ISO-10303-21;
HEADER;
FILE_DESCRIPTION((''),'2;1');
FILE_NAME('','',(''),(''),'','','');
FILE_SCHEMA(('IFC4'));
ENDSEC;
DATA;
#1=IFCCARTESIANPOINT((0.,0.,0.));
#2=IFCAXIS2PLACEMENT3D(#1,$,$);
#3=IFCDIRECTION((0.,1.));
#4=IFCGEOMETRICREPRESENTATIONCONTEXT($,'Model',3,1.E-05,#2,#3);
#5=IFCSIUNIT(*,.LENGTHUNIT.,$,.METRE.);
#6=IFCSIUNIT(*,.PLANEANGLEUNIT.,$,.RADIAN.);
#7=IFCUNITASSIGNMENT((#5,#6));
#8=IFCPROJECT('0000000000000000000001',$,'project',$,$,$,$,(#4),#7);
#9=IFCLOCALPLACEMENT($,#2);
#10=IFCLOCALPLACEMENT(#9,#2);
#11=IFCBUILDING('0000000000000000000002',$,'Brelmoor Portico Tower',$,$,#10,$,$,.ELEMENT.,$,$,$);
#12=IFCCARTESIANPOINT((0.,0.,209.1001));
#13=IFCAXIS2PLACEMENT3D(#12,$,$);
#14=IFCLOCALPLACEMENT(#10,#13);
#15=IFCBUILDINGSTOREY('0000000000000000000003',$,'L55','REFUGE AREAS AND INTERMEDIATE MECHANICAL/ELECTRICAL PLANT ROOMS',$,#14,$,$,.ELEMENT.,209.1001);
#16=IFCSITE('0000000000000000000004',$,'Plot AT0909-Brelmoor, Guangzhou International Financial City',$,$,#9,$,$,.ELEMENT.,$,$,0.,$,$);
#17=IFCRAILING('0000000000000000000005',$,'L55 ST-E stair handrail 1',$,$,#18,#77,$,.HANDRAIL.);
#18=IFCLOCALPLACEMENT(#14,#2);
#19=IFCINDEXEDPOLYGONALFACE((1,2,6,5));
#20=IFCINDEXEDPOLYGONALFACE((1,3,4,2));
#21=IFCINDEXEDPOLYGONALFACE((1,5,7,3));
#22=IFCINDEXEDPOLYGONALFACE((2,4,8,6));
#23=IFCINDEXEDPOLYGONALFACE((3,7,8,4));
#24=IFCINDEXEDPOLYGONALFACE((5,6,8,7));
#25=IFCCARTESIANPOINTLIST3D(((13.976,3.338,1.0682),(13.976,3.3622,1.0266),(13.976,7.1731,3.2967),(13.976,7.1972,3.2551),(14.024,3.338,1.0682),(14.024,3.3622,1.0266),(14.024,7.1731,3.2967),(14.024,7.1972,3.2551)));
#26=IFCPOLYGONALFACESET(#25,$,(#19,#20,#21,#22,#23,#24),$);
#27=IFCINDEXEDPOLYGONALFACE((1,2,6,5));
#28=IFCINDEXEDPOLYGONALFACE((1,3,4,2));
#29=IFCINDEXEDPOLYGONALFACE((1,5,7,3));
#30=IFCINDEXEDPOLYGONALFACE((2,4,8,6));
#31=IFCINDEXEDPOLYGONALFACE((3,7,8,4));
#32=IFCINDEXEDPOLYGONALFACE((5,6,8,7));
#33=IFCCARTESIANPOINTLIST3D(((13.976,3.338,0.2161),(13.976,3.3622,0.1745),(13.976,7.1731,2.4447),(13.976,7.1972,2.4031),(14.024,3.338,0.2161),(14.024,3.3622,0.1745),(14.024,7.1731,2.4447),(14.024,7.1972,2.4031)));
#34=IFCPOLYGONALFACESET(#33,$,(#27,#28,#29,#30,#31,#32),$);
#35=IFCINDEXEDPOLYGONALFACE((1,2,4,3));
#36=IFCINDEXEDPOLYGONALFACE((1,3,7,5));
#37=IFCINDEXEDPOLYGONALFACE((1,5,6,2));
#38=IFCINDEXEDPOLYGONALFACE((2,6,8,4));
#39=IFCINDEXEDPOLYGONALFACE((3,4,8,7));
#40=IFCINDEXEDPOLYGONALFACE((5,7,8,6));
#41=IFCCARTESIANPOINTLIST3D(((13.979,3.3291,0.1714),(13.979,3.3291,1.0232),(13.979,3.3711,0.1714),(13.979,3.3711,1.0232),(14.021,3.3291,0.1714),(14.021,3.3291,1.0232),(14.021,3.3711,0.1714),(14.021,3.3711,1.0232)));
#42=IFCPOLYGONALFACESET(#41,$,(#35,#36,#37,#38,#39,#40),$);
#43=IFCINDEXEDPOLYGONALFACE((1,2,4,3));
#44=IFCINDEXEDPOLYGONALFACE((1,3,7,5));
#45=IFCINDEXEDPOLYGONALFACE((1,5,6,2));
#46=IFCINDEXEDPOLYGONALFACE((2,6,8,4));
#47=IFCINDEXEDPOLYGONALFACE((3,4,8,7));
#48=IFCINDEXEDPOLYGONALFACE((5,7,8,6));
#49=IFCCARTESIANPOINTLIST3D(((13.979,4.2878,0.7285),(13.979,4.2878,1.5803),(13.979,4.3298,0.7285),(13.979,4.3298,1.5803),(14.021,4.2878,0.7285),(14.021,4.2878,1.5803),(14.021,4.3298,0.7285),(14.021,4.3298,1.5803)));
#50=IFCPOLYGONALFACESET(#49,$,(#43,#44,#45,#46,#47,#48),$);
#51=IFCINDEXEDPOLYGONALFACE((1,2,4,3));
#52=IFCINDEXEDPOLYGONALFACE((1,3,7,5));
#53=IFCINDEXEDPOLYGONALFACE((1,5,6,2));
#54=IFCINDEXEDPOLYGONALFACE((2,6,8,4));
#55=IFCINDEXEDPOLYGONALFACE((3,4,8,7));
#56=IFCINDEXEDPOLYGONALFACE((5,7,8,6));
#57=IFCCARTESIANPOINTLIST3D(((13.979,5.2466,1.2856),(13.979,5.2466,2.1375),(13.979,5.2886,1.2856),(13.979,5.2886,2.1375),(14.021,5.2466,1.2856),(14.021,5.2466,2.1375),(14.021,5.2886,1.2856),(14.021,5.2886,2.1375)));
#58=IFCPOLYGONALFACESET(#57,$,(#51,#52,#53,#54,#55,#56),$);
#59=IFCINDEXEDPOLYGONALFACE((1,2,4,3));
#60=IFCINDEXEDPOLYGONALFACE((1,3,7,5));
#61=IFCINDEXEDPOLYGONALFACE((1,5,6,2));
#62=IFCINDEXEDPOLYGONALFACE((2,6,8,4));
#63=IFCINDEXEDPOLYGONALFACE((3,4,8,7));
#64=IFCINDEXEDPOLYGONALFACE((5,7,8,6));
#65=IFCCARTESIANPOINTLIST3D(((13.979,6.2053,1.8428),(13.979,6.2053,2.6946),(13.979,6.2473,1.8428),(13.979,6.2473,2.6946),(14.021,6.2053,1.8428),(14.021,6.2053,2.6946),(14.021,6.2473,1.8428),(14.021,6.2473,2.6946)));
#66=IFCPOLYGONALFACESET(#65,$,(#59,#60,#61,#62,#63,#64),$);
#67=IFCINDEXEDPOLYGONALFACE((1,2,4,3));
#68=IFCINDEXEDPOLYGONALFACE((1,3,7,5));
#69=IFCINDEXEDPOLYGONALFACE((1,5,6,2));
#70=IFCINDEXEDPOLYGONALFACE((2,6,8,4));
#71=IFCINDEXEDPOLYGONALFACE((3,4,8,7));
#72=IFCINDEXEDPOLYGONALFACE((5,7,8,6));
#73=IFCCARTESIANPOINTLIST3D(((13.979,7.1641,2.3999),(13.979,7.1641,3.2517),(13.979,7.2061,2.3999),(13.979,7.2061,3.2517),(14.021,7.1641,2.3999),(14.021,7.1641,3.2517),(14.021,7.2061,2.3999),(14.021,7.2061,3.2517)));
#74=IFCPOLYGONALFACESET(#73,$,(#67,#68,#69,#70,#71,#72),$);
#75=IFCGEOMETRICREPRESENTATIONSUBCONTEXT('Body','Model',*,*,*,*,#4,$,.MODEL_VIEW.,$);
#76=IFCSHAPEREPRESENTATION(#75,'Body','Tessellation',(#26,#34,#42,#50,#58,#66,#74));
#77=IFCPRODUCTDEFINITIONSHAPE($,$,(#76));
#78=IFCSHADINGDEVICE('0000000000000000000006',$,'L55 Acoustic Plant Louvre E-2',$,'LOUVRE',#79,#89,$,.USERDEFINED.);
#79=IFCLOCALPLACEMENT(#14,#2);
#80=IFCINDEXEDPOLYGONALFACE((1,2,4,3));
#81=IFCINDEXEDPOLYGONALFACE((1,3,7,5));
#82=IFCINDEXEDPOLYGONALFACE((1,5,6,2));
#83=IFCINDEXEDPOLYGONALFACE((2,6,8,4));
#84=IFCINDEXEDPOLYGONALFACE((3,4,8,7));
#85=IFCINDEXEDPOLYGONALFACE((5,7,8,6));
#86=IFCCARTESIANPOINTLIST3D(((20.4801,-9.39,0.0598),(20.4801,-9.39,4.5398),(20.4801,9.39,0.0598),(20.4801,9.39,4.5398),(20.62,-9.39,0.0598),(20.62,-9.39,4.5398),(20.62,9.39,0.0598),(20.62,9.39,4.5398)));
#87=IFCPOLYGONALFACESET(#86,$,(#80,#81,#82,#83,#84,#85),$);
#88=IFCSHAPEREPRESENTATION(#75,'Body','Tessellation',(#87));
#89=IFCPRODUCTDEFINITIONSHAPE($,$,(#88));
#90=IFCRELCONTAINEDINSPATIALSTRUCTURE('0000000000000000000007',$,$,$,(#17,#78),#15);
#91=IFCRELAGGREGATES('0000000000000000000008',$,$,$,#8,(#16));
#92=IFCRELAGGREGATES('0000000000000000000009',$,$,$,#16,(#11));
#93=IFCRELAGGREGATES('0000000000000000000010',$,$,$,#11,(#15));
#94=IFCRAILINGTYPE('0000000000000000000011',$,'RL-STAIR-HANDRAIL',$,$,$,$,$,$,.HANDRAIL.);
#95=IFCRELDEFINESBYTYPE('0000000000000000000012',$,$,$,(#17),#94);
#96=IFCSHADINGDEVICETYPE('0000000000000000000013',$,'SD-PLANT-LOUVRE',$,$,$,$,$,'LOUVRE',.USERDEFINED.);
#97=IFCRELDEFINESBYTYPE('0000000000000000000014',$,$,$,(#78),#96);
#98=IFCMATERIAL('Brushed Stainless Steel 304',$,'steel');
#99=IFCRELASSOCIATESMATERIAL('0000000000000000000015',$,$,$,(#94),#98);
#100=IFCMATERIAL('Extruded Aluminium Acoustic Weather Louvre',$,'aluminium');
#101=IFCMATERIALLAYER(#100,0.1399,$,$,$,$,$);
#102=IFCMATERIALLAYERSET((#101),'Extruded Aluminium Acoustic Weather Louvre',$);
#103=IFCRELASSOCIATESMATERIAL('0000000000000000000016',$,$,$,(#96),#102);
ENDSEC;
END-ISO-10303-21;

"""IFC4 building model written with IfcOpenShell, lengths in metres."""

from ifc_helpers import new_model, si_unit, direction, frame, origin, origin_2d, place, context, subcontext, project, spatial, rectangle, extrude, material, layer, layer_set, type_object, element, save


model = new_model("IFC4")

# Units and contexts
model_context = context("Model", 3, precision=1e-05, world=origin(), true_north=direction((0.0, 1.0)))
body_context = subcontext(model_context, "Body", "Model", "MODEL_VIEW")
ifc_project = project(units=[si_unit("LENGTHUNIT", "METRE"), si_unit("PLANEANGLEUNIT", "RADIAN")], contexts=[model_context])

# Site, building, storey
site_placement = place(None, origin())
site = spatial("IfcSite", under=ifc_project, at=site_placement, Name="Plot AT0909-Brelmoor, Guangzhou International Financial City", CompositionType="ELEMENT", RefElevation=0.0)
building_placement = place(site_placement, origin())
building = spatial("IfcBuilding", under=site, at=building_placement, Name="Brelmoor Portico Tower", CompositionType="ELEMENT")
storey_placement = place(building_placement, frame((0.0, 0.0, 209.1001)))
storey = spatial("IfcBuildingStorey", under=building, at=storey_placement, Name="L55", Description="REFUGE AREAS AND INTERMEDIATE MECHANICAL/ELECTRICAL PLANT ROOMS", CompositionType="ELEMENT", Elevation=209.1001)

# Railing
ifc_material_1 = material(Name="Brushed Stainless Steel 304", Category="steel")
railing_type_1 = type_object("IfcRailingType", Name="RL-STAIR-HANDRAIL", PredefinedType="HANDRAIL", material=ifc_material_1)
railing_1_placement = place(storey_placement, frame((14.0, 3.3501, 0.1714)))
element("IfcRailing", 1, at=railing_1_placement, inside=storey, type_object=railing_type_1, Name="L55 ST-E stair handrail 1", PredefinedType="HANDRAIL", context=body_context, shape_type="SweptSolid", body=[
    extrude(rectangle(XDim=0.0481, YDim=0.0481, at=origin_2d()), frame((0.0, 0.0, 0.876), z_axis=(0.0, 0.864616, 0.502433), x_axis=(-1.0, 0.0, 0.0)), (0.0, 0.0, 1.0), 4.4355),
    extrude(rectangle(XDim=0.0481, YDim=0.0481, at=origin_2d()), frame((0.0, 0.0, 0.0239), z_axis=(0.0, 0.864616, 0.502433), x_axis=(-1.0, 0.0, 0.0)), (0.0, 0.0, 1.0), 4.4355),
    extrude(rectangle(XDim=0.042, YDim=0.042, at=origin_2d()), origin(), (0.0, 0.0, 1.0), 0.8518),
    extrude(rectangle(XDim=0.042, YDim=0.042, at=origin_2d()), frame((0.0, 0.9587, 0.5571)), (0.0, 0.0, 1.0), 0.8518),
    extrude(rectangle(XDim=0.042, YDim=0.042, at=origin_2d()), frame((0.0, 1.9175, 1.1143)), (0.0, 0.0, 1.0), 0.8518),
    extrude(rectangle(XDim=0.042, YDim=0.042, at=origin_2d()), frame((0.0, 2.8762, 1.6714)), (0.0, 0.0, 1.0), 0.8518),
    extrude(rectangle(XDim=0.042, YDim=0.042, at=origin_2d()), frame((0.0, 3.835, 2.2285)), (0.0, 0.0, 1.0), 0.8518),
])

# Shading device
ifc_material_2 = material(Name="Extruded Aluminium Acoustic Weather Louvre", Category="aluminium")
ifc_layer_1 = layer(ifc_material_2, 0.1399)
ifc_layer_set_1 = layer_set([ifc_layer_1], Name="Extruded Aluminium Acoustic Weather Louvre")
shading_device_type = type_object("IfcShadingDeviceType", Name="SD-PLANT-LOUVRE", ElementType="LOUVRE", PredefinedType="USERDEFINED", material=ifc_layer_set_1)
shading_device_placement = place(storey_placement, frame((20.55, 0.0, 0.0598), z_axis=(0.0, 0.0, 1.0), x_axis=(0.0, 1.0, 0.0)))
element("IfcShadingDevice", 2, at=shading_device_placement, inside=storey, type_object=shading_device_type, Name="L55 Acoustic Plant Louvre E-2", ObjectType="LOUVRE", PredefinedType="USERDEFINED", context=body_context, shape_type="SweptSolid", body=[
    extrude(rectangle(XDim=18.78, YDim=0.1399, at=origin_2d()), origin(), (0.0, 0.0, 1.0), 4.48),
])

save(model, "model.ifc")
